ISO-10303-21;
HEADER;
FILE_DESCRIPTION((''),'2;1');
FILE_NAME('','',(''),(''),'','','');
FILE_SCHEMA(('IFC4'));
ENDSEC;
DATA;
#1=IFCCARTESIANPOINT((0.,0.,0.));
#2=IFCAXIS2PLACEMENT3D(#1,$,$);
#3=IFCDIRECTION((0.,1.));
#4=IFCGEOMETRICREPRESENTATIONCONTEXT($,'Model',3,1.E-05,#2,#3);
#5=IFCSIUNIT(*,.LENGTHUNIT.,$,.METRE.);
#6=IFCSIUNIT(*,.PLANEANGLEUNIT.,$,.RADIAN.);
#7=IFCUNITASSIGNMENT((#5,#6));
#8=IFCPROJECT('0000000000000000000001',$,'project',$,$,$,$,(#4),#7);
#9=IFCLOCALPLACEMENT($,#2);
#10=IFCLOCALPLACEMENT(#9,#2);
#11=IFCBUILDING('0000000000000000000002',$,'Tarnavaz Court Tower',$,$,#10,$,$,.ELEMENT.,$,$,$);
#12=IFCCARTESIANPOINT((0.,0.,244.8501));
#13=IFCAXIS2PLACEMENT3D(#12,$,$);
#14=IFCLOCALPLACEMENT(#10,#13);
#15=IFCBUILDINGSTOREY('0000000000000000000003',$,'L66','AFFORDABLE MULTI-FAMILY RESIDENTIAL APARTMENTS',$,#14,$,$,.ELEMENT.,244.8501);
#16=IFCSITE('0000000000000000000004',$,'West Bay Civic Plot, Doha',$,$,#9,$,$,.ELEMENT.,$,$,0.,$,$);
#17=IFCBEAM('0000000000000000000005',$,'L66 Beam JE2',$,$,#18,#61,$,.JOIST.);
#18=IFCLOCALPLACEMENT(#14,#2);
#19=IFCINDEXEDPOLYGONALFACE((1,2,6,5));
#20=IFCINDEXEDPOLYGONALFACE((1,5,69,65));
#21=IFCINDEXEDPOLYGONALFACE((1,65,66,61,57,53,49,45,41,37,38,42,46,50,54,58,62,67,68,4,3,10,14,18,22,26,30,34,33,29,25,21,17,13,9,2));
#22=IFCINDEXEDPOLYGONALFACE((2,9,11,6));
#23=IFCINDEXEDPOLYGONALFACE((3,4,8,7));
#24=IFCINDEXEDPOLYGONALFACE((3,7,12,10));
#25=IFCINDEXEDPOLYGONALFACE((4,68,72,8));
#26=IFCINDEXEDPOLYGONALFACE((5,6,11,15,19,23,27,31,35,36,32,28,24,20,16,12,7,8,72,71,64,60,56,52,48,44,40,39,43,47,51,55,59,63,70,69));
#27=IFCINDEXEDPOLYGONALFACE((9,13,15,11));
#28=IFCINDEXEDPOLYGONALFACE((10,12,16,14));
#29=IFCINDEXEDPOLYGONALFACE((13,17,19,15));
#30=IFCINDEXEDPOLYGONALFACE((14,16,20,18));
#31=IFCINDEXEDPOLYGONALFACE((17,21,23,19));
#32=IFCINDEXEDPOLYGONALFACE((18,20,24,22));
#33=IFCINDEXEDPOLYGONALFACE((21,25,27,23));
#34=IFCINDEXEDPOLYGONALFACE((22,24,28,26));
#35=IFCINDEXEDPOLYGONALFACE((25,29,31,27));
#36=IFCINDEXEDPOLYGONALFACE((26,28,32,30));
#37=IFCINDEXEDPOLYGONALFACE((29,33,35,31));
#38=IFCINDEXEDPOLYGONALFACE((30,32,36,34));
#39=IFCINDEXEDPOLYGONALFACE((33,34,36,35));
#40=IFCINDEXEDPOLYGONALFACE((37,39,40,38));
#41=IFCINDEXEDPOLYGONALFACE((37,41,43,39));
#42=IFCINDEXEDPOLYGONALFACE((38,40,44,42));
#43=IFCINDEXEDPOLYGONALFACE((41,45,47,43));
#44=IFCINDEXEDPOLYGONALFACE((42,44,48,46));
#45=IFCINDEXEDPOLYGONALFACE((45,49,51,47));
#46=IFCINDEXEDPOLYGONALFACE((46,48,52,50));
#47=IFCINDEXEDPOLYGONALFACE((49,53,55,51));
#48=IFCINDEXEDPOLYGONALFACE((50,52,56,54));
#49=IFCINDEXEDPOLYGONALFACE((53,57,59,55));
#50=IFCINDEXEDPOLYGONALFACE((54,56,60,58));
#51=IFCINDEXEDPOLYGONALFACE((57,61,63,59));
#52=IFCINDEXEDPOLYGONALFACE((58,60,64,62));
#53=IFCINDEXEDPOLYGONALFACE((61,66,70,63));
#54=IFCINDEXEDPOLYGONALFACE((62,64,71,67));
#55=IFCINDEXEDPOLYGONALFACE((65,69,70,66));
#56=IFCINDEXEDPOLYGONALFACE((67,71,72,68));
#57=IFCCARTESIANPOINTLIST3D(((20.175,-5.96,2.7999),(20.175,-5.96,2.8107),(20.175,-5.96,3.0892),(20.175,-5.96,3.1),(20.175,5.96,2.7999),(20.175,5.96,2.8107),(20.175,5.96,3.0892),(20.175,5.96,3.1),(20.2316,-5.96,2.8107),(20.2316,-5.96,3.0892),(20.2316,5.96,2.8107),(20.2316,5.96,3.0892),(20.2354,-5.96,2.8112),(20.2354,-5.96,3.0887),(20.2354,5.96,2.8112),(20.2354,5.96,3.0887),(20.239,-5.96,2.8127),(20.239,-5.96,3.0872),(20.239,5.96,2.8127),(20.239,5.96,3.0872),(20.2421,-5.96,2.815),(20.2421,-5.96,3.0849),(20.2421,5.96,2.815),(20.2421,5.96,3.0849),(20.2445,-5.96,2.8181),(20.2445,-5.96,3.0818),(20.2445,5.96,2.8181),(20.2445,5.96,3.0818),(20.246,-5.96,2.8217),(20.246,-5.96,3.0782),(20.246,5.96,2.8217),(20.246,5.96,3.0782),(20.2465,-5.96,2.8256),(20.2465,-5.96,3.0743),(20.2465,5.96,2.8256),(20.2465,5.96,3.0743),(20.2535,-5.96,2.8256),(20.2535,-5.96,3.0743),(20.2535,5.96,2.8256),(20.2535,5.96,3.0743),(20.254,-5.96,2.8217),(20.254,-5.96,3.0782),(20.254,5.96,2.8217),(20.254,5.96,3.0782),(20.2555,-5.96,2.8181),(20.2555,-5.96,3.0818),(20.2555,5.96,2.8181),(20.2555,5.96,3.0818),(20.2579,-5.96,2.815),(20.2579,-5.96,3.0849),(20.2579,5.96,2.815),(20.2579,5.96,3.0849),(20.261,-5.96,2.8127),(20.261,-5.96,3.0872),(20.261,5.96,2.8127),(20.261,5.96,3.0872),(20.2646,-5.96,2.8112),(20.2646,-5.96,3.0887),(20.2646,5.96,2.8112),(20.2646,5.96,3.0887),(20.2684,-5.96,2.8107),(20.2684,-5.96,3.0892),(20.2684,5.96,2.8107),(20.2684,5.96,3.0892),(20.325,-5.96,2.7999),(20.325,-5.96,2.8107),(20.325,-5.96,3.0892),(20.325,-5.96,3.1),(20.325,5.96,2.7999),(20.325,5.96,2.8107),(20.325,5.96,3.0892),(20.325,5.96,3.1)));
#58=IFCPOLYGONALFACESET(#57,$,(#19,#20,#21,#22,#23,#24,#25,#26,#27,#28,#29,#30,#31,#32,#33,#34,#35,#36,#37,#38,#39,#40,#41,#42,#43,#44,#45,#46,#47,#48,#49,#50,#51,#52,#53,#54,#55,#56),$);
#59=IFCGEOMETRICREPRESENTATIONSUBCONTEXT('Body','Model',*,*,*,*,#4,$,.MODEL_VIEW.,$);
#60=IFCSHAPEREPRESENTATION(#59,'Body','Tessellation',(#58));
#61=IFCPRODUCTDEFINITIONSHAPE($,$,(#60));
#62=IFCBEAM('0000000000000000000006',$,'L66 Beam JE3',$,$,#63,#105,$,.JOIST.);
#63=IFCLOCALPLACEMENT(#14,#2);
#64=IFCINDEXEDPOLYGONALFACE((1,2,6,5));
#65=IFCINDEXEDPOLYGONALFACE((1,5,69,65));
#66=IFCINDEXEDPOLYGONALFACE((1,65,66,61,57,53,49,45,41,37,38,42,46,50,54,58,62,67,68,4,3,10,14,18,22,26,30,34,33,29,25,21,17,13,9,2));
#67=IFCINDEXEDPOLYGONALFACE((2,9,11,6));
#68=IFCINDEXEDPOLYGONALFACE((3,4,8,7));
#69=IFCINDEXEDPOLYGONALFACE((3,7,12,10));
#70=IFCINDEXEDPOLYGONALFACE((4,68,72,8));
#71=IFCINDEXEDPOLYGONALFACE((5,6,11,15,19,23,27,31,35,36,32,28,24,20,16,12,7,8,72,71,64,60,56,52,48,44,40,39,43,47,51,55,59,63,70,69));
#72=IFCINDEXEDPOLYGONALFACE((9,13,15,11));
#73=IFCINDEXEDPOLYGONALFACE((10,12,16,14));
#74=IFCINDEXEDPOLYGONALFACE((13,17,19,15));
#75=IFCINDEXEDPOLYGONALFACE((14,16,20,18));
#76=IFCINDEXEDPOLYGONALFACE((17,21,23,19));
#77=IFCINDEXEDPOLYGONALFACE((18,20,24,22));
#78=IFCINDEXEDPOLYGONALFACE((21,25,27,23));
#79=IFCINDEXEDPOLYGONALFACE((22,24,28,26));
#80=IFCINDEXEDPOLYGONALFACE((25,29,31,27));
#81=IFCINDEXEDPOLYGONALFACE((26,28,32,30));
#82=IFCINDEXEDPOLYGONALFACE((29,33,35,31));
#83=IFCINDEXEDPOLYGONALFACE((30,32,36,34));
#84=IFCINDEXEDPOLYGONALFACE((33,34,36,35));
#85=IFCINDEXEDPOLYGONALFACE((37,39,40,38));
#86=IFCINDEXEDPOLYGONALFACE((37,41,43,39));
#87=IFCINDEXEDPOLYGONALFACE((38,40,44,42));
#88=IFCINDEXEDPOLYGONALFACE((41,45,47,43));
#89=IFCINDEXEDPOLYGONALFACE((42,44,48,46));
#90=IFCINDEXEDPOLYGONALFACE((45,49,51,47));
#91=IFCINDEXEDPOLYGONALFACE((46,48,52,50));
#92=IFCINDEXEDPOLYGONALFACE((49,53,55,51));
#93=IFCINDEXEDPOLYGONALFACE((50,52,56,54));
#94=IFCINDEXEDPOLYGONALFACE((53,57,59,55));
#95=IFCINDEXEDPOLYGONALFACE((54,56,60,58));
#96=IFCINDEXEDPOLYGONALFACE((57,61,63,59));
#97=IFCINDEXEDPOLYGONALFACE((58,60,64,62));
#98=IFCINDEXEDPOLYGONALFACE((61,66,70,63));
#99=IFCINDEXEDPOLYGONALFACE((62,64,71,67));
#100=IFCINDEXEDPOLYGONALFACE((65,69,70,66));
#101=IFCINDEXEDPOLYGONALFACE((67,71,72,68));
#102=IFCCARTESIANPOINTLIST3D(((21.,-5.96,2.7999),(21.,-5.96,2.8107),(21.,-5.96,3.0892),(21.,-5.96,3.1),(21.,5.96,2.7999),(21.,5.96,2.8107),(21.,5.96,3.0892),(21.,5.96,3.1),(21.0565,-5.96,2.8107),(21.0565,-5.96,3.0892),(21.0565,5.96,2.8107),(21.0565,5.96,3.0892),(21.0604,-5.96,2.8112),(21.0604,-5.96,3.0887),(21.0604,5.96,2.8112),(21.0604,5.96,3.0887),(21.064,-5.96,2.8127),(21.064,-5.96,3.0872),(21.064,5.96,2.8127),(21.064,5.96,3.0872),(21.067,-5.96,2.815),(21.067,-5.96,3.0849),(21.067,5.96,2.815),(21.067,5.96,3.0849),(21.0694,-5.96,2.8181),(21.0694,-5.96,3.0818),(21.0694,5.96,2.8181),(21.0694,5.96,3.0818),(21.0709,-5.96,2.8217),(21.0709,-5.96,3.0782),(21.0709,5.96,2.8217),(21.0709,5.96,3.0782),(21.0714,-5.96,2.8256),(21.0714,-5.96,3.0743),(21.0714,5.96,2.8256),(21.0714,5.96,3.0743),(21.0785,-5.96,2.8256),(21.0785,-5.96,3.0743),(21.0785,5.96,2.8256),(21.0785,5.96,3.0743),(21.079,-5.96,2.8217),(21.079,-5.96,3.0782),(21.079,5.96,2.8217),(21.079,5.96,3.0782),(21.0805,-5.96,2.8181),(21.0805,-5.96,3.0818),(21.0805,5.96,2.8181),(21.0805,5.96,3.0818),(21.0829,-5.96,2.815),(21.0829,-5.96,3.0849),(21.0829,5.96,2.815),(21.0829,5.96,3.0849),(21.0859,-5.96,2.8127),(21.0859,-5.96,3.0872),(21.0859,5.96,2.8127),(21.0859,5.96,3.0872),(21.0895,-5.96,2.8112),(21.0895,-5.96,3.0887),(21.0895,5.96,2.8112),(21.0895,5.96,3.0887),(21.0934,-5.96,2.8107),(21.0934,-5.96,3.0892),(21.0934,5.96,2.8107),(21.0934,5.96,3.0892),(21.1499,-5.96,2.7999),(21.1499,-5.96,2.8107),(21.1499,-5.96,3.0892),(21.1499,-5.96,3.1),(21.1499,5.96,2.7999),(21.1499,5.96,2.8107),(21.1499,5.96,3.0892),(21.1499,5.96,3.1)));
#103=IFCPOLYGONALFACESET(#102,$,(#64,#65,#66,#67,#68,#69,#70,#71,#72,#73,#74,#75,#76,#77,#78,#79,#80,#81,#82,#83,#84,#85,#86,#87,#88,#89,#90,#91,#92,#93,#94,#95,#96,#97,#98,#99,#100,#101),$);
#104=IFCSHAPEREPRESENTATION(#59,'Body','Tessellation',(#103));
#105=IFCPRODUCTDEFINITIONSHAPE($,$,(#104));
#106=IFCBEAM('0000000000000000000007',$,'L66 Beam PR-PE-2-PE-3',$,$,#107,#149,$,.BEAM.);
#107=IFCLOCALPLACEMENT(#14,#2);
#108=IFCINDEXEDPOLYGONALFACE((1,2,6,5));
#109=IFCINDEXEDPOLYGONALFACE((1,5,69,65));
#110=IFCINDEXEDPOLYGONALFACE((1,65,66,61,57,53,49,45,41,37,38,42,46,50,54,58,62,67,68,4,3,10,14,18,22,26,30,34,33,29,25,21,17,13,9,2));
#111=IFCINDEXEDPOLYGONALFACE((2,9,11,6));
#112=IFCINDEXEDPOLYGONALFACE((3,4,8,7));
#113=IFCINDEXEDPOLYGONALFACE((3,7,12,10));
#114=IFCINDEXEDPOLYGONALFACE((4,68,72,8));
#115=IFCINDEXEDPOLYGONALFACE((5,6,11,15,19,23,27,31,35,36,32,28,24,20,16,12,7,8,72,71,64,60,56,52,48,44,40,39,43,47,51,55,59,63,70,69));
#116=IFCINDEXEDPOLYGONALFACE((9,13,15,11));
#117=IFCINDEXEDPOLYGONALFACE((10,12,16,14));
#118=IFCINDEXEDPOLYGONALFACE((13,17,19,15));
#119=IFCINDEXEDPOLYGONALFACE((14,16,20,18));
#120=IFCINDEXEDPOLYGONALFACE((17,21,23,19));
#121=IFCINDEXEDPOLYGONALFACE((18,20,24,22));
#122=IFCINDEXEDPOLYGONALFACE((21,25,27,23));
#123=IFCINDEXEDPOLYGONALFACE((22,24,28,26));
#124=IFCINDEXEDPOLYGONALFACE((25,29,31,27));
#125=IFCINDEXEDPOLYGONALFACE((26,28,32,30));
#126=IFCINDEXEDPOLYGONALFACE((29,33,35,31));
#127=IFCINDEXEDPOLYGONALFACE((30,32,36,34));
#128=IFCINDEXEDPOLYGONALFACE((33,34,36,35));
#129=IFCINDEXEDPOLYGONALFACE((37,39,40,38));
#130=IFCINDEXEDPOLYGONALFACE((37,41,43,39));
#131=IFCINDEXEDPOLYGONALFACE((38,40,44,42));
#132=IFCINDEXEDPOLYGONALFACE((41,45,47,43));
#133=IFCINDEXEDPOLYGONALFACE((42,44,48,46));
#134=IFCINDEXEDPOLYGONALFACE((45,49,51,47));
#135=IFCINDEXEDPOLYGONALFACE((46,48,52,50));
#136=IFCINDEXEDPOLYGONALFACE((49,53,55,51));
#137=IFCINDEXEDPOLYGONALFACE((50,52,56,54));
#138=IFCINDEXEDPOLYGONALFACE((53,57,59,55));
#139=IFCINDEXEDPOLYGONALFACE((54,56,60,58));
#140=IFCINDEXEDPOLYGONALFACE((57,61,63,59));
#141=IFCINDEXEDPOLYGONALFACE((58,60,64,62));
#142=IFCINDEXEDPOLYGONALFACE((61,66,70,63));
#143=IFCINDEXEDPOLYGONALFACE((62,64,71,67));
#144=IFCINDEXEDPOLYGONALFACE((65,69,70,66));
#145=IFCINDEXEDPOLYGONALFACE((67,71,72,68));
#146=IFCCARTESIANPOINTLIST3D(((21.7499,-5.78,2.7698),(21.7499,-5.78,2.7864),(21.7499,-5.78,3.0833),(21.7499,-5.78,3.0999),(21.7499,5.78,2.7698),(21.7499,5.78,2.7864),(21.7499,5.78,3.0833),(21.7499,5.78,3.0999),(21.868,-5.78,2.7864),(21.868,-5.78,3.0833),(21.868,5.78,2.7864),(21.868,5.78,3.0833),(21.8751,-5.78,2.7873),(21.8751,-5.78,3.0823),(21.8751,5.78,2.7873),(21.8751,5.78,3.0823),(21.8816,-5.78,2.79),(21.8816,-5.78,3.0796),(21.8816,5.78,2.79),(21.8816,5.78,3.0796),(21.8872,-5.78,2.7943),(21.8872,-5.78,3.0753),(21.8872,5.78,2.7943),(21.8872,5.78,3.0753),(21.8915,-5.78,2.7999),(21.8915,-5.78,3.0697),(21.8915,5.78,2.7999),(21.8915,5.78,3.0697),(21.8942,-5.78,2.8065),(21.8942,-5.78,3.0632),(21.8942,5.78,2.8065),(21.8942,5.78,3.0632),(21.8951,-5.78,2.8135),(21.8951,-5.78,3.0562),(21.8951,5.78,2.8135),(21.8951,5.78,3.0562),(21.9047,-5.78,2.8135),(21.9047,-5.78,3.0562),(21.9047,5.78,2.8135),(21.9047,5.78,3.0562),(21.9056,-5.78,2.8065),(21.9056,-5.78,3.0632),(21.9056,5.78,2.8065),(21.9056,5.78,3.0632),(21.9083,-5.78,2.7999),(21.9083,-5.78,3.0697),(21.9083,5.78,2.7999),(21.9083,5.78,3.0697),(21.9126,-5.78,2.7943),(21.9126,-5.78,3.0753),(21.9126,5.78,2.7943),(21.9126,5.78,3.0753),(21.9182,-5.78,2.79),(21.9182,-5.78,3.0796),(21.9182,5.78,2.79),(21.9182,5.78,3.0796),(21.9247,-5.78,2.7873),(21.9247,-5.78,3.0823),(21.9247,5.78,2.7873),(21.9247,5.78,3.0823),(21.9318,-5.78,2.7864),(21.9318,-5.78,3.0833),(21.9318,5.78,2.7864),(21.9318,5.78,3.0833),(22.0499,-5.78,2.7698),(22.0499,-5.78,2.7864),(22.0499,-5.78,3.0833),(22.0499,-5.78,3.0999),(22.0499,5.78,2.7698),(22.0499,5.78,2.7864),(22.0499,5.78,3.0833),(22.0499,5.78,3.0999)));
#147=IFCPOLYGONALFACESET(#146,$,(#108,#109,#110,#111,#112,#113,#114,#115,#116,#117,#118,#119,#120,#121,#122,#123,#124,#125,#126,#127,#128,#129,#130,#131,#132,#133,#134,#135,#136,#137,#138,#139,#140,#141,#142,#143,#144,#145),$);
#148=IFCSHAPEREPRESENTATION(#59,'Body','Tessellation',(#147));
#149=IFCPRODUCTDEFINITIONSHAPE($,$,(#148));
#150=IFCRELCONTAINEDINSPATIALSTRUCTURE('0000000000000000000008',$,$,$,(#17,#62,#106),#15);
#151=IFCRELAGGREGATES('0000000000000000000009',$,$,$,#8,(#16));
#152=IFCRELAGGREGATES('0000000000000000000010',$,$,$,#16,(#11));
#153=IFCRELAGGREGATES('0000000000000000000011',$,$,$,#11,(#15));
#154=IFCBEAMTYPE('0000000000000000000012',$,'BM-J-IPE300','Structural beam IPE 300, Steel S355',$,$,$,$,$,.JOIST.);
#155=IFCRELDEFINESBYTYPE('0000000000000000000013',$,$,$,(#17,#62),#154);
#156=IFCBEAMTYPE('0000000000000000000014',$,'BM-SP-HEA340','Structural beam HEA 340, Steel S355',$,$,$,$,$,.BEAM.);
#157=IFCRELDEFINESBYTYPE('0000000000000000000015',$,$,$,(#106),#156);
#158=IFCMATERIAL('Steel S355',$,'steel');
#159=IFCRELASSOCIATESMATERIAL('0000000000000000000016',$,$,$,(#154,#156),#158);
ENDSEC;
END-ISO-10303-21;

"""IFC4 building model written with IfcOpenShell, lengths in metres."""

from ifc_helpers import new_model, si_unit, direction, frame, origin, origin_2d, place, context, subcontext, project, spatial, i_section, extrude, material, material_profile, profile_set, type_object, element, save


model = new_model("IFC4")

# Units and contexts
model_context = context("Model", 3, precision=1e-05, world=origin(), true_north=direction((0.0, 1.0)))
body_context = subcontext(model_context, "Body", "Model", "MODEL_VIEW")
ifc_project = project(units=[si_unit("LENGTHUNIT", "METRE"), si_unit("PLANEANGLEUNIT", "RADIAN")], contexts=[model_context])

# Site, building, storey
site_placement = place(None, origin())
site = spatial("IfcSite", under=ifc_project, at=site_placement, Name="West Bay Civic Plot, Doha", CompositionType="ELEMENT", RefElevation=0.0)
building_placement = place(site_placement, origin())
building = spatial("IfcBuilding", under=site, at=building_placement, Name="Tarnavaz Court Tower", CompositionType="ELEMENT")
storey_placement = place(building_placement, frame((0.0, 0.0, 244.8501)))
storey = spatial("IfcBuildingStorey", under=building, at=storey_placement, Name="L66", Description="AFFORDABLE MULTI-FAMILY RESIDENTIAL APARTMENTS", CompositionType="ELEMENT", Elevation=244.8501)

# Beams
ifc_material_1 = material(Name="Steel S355", Category="steel")
ifc_material_profile_1 = material_profile(ifc_material_1, i_section(OverallWidth=0.1499, OverallDepth=0.3, WebThickness=0.0071, FlangeThickness=0.0107, FilletRadius=0.0149, at=origin_2d()), Name="IPE 300")
ifc_profile_set_1 = profile_set([ifc_material_profile_1], Name="Steel S355")
beam_type_1 = type_object("IfcBeamType", Name="BM-J-IPE300", Description="Structural beam IPE 300, Steel S355", PredefinedType="JOIST", material=ifc_profile_set_1)
for number, where, z_axis, x_axis, name in (
    (1, (20.25, -5.96, 2.95), (0.0, 1.0, 0.0), (-1.0, 0.0, 0.0), "L66 Beam JE2"),
    (2, (21.075, -5.96, 2.95), (0.0, 1.0, 0.0), (-1.0, 0.0, 0.0), "L66 Beam JE3"),
):
    element("IfcBeam", number, at=place(storey_placement, frame(where, z_axis=z_axis, x_axis=x_axis)), inside=storey, type_object=beam_type_1, Name=name, PredefinedType="JOIST", context=body_context, shape_type="SweptSolid", body=[
        extrude(i_section(OverallWidth=0.1499, OverallDepth=0.3, WebThickness=0.0071, FlangeThickness=0.0107, FilletRadius=0.0149, at=origin_2d()), origin(), (0.0, 0.0, 1.0), 11.9199),
    ])
ifc_material_profile_2 = material_profile(ifc_material_1, i_section(OverallWidth=0.3, OverallDepth=0.3301, WebThickness=0.0095, FlangeThickness=0.0166, FilletRadius=0.0271, at=origin_2d()), Name="HEA 340")
ifc_profile_set_2 = profile_set([ifc_material_profile_2], Name="Steel S355")
beam_type_2 = type_object("IfcBeamType", Name="BM-SP-HEA340", Description="Structural beam HEA 340, Steel S355", PredefinedType="BEAM", material=ifc_profile_set_2)
beam_1_placement = place(storey_placement, frame((21.8999, -5.78, 2.9348), z_axis=(0.0, 1.0, 0.0), x_axis=(-1.0, 0.0, 0.0)))
element("IfcBeam", 3, at=beam_1_placement, inside=storey, type_object=beam_type_2, Name="L66 Beam PR-PE-2-PE-3", PredefinedType="BEAM", context=body_context, shape_type="SweptSolid", body=[
    extrude(i_section(OverallWidth=0.3, OverallDepth=0.3301, WebThickness=0.0095, FlangeThickness=0.0166, FilletRadius=0.0271, at=origin_2d()), origin(), (0.0, 0.0, 1.0), 11.5601),
])

save(model, "model.ifc")
